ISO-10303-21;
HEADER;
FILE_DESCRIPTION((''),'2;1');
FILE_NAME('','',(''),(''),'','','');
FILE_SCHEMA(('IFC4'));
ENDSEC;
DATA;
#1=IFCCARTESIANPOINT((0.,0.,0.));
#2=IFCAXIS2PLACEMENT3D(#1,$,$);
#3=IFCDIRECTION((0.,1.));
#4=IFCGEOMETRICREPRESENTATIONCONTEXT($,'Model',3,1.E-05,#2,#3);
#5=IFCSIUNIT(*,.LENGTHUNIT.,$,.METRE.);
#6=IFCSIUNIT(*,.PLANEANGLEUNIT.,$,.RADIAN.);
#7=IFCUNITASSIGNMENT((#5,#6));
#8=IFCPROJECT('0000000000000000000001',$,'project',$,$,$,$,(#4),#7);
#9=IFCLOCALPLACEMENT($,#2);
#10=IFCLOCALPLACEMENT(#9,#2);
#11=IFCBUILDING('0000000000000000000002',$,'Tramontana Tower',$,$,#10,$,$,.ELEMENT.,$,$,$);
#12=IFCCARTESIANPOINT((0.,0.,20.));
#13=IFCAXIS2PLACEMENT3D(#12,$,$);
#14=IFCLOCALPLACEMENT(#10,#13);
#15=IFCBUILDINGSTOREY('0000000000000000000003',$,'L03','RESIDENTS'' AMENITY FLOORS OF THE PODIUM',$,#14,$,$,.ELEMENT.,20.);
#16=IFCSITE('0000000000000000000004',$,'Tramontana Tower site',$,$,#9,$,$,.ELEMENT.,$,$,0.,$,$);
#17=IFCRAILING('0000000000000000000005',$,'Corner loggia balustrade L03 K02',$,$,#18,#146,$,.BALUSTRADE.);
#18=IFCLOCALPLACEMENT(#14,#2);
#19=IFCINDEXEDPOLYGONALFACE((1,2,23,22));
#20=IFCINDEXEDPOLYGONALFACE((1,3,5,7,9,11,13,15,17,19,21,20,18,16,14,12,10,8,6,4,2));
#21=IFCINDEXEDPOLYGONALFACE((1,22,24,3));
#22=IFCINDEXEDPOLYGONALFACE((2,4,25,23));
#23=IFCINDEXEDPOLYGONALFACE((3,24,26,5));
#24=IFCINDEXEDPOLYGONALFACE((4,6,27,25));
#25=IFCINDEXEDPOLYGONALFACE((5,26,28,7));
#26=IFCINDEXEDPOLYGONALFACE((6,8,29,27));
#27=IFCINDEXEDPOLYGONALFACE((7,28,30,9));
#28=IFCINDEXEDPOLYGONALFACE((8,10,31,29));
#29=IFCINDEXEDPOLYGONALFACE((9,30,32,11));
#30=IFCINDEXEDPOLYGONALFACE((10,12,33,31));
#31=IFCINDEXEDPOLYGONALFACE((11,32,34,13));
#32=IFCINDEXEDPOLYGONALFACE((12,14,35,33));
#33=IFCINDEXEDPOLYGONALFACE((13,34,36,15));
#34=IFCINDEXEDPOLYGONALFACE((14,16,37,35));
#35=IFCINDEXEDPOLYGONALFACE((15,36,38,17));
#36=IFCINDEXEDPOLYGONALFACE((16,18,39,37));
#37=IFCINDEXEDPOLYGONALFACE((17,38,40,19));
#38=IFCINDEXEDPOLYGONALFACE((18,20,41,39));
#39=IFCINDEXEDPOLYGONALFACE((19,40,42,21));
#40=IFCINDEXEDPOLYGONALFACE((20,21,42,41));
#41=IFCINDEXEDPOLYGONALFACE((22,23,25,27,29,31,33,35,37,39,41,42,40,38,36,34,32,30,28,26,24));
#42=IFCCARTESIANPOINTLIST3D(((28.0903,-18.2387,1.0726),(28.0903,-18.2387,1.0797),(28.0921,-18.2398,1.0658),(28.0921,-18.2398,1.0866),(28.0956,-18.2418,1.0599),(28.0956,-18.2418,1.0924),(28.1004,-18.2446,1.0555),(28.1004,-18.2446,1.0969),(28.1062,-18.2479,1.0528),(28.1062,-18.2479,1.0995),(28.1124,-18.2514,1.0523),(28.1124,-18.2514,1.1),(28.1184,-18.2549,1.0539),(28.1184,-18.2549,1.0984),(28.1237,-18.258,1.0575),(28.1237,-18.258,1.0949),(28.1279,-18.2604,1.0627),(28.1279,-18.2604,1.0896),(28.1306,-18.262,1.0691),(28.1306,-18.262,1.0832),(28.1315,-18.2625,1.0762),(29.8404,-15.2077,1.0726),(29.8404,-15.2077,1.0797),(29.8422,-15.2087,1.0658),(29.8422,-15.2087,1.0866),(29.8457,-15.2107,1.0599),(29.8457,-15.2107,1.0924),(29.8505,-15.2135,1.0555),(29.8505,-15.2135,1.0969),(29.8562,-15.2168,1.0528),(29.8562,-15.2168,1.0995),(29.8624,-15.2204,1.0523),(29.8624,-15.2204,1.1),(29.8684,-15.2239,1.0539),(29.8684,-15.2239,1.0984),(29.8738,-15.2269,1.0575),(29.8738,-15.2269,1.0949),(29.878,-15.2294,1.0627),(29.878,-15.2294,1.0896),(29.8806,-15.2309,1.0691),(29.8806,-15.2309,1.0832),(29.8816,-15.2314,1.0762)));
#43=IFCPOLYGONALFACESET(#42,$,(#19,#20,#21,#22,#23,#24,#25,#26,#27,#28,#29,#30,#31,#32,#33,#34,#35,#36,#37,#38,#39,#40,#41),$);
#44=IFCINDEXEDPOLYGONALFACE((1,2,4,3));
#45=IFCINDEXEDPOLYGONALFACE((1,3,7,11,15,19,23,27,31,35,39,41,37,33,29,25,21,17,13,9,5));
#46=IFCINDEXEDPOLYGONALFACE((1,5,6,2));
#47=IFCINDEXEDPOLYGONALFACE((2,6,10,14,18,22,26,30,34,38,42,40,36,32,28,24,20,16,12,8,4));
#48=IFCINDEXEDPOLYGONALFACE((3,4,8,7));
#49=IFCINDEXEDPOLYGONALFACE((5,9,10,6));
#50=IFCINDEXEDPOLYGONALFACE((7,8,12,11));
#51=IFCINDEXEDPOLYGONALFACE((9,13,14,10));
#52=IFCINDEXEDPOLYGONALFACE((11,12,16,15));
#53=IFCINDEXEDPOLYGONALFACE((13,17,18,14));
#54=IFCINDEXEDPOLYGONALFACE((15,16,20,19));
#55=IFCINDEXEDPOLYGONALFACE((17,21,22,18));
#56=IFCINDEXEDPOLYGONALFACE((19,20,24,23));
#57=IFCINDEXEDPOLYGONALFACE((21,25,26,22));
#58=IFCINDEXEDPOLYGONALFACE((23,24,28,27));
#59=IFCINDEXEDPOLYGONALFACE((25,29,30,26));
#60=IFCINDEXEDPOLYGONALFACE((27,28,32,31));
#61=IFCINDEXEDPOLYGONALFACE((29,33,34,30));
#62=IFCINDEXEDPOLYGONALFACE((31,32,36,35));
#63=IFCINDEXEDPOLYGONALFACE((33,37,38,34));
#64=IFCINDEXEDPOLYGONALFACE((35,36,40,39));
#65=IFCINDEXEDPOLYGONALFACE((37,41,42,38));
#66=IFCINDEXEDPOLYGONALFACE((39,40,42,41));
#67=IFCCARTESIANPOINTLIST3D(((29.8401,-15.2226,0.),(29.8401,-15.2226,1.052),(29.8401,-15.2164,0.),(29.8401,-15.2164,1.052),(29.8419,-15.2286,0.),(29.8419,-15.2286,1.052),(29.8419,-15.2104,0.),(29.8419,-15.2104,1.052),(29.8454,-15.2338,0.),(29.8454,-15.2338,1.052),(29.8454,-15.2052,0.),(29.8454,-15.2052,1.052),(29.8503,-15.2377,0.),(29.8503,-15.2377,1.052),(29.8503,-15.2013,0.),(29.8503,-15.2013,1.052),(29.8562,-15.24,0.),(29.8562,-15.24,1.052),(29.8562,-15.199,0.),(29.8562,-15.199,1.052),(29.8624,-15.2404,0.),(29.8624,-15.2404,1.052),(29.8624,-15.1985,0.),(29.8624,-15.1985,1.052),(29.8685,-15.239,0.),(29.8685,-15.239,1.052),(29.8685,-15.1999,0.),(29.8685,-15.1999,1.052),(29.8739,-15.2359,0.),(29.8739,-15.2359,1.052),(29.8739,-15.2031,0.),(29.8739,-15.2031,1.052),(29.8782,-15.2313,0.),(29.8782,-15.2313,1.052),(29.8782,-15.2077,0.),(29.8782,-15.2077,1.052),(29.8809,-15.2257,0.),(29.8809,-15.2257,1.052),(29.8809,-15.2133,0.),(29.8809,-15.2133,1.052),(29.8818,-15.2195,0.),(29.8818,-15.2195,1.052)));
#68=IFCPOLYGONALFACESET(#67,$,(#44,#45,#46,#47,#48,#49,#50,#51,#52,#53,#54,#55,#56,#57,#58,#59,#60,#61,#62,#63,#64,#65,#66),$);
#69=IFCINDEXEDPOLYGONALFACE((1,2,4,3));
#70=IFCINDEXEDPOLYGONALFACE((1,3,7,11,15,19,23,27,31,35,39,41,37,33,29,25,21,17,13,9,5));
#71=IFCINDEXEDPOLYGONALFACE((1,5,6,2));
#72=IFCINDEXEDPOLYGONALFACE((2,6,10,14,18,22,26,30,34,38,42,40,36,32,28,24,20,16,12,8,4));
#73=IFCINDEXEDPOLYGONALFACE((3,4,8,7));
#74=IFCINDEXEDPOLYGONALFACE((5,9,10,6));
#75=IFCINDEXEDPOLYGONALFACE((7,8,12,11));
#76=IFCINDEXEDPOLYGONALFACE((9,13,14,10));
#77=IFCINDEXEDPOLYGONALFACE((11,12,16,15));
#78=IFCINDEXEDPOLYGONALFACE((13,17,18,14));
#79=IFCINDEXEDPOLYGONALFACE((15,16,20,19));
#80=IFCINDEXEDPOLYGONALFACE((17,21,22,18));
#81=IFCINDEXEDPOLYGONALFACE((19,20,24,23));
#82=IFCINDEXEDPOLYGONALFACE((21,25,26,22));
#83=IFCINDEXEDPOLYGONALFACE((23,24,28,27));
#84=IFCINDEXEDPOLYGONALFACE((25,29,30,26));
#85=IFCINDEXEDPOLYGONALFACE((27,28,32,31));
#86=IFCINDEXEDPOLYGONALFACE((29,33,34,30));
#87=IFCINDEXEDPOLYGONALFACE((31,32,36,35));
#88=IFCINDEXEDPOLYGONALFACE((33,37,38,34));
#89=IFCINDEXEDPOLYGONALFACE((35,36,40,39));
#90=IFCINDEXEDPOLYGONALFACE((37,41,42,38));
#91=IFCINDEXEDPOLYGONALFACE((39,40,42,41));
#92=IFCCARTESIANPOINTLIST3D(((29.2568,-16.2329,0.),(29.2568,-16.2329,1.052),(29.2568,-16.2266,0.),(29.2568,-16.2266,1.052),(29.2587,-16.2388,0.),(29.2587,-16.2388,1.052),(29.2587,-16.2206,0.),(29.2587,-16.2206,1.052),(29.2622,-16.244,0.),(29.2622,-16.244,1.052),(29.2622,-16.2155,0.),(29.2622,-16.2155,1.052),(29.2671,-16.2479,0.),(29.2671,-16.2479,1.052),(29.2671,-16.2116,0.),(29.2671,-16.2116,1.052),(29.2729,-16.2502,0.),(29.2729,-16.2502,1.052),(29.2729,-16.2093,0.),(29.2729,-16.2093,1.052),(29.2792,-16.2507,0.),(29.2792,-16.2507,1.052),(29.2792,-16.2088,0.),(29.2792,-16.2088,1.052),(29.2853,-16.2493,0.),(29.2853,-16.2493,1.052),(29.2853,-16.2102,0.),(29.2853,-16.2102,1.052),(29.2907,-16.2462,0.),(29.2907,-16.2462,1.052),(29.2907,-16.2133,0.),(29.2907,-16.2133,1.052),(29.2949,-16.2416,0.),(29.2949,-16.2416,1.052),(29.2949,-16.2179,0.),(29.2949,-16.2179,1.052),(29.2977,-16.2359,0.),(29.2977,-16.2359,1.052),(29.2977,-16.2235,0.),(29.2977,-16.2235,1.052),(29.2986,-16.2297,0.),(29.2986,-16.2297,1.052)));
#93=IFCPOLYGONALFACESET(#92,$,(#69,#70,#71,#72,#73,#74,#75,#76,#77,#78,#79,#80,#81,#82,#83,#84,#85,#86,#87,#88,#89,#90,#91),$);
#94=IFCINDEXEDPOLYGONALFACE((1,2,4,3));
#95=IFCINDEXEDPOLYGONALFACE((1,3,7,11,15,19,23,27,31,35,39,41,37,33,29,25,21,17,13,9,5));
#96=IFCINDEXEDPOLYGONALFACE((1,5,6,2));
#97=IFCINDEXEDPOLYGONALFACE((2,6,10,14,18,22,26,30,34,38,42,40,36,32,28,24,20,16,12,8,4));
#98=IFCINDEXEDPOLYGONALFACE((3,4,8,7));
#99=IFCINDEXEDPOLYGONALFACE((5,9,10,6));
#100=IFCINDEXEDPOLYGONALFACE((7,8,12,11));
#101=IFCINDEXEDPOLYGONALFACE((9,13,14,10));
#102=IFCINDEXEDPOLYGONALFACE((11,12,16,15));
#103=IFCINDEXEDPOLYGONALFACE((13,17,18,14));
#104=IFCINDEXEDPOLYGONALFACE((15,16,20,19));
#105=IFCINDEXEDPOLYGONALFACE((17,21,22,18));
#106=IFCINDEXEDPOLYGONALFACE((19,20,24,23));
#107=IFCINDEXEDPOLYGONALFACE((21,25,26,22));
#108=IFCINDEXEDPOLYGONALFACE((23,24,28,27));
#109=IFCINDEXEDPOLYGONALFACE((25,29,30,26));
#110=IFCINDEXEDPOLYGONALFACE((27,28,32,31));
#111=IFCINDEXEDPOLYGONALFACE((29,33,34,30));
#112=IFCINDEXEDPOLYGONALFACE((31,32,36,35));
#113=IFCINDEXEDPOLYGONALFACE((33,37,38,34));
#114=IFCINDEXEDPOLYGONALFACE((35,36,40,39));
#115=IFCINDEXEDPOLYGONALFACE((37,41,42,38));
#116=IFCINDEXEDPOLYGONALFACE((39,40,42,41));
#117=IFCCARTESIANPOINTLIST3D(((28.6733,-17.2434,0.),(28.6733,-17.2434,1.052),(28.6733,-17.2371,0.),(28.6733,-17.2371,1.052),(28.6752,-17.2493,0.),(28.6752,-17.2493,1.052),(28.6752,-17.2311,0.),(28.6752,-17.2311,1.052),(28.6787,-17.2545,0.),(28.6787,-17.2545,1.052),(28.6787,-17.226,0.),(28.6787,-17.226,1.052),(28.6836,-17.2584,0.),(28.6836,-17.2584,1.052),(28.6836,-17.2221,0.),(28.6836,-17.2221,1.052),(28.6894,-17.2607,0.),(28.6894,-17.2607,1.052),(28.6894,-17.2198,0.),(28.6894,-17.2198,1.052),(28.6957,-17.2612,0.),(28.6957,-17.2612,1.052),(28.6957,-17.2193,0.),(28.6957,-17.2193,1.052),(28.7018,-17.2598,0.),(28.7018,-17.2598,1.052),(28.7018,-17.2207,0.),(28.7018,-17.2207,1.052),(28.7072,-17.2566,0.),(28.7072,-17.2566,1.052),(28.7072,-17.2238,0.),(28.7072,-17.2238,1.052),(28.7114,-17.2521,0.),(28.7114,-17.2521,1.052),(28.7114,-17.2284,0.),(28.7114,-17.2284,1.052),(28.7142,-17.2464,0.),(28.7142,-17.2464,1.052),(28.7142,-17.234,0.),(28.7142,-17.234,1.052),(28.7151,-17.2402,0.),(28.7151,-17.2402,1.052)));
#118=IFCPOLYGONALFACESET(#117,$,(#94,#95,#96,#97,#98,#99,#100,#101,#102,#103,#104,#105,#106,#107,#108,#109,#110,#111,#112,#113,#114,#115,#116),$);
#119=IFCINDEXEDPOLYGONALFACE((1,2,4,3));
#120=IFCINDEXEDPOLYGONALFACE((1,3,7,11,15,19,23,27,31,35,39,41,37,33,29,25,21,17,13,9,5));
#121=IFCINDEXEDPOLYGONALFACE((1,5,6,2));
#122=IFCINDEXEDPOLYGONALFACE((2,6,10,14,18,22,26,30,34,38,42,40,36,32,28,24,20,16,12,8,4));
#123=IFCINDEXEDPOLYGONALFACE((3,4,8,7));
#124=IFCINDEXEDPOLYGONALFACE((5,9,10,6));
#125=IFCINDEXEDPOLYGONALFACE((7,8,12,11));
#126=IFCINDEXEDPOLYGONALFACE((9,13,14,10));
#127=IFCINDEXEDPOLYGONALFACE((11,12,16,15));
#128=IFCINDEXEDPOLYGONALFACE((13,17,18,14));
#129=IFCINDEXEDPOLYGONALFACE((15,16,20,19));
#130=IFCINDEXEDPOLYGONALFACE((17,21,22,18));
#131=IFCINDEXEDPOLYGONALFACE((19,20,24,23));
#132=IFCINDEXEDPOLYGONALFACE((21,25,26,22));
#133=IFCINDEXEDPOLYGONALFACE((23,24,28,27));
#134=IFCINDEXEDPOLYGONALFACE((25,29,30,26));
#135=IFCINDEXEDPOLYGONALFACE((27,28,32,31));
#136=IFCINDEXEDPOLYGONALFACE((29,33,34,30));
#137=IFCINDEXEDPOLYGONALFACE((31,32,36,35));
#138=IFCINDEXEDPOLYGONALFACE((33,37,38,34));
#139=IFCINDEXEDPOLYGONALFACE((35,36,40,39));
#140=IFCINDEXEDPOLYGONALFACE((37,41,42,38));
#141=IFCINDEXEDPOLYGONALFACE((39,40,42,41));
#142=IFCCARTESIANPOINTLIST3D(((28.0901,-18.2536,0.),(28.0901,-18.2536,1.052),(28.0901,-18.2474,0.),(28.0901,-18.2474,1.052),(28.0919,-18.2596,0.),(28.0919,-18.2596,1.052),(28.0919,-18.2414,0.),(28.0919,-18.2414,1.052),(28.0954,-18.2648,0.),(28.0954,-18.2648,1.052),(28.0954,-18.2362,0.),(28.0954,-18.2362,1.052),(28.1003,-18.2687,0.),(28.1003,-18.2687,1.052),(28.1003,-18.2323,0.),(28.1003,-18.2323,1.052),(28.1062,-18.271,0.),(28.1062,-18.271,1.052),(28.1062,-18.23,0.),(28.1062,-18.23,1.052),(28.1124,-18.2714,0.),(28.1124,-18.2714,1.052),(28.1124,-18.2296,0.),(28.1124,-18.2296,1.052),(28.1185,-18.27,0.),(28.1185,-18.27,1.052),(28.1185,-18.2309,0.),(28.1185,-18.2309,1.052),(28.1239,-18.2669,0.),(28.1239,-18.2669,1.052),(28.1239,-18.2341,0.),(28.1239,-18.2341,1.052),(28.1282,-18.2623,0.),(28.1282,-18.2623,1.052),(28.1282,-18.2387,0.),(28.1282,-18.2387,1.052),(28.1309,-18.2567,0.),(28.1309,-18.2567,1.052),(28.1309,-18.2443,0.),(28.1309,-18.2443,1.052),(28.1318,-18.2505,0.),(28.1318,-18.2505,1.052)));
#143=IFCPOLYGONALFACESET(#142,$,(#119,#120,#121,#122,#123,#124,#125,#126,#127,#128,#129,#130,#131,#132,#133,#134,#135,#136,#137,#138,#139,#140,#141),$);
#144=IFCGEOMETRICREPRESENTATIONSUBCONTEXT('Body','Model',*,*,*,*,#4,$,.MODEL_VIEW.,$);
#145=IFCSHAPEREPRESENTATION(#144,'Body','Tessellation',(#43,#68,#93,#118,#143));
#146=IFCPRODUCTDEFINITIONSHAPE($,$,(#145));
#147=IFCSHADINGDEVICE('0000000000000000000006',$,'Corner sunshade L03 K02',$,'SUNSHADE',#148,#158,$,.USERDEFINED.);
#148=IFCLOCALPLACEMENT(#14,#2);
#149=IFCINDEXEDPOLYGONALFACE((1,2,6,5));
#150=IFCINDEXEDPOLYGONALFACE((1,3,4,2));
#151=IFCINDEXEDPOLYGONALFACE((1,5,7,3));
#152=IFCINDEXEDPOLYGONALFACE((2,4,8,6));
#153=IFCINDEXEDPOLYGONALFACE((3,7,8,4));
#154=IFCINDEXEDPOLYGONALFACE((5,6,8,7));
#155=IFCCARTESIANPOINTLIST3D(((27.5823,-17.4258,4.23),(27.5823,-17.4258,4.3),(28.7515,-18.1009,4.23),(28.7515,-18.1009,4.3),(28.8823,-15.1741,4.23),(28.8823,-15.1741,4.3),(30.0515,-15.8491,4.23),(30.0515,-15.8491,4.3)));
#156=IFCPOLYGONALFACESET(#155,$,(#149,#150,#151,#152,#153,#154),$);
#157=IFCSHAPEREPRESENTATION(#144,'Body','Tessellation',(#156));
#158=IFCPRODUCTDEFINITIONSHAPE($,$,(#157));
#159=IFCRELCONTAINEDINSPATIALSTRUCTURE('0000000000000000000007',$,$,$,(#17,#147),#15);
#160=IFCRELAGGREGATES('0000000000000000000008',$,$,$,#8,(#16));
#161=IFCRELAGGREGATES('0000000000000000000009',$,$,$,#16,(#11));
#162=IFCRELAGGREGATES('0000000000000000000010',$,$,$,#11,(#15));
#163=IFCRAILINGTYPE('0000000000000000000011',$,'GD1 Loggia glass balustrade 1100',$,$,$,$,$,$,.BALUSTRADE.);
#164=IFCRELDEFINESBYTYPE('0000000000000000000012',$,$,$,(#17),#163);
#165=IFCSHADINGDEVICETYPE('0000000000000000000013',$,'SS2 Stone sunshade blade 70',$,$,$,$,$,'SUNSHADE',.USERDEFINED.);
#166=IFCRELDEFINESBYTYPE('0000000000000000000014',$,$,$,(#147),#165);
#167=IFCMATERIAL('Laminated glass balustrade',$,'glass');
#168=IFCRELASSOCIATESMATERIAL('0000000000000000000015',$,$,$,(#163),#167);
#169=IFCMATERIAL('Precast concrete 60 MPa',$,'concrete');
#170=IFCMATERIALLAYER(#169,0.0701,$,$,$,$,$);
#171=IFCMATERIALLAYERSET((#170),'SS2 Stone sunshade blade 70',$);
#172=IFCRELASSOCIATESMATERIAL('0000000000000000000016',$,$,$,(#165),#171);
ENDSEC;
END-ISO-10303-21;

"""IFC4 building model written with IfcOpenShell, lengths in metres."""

from ifc_helpers import new_model, si_unit, direction, frame, origin, origin_2d, place, context, subcontext, project, spatial, rectangle, circle, extrude, material, layer, layer_set, type_object, element, save


model = new_model("IFC4")

# Units and contexts
model_context = context("Model", 3, precision=1e-05, world=origin(), true_north=direction((0.0, 1.0)))
body_context = subcontext(model_context, "Body", "Model", "MODEL_VIEW")
ifc_project = project(units=[si_unit("LENGTHUNIT", "METRE"), si_unit("PLANEANGLEUNIT", "RADIAN")], contexts=[model_context])

# Site, building, storey
site_placement = place(None, origin())
site = spatial("IfcSite", under=ifc_project, at=site_placement, Name="Tramontana Tower site", CompositionType="ELEMENT", RefElevation=0.0)
building_placement = place(site_placement, origin())
building = spatial("IfcBuilding", under=site, at=building_placement, Name="Tramontana Tower", CompositionType="ELEMENT")
storey_placement = place(building_placement, frame((0.0, 0.0, 20.0)))
storey = spatial("IfcBuildingStorey", under=building, at=storey_placement, Name="L03", Description="RESIDENTS' AMENITY FLOORS OF THE PODIUM", CompositionType="ELEMENT", Elevation=20.0)

# Railing
ifc_material_1 = material(Name="Laminated glass balustrade", Category="glass")
railing_type = type_object("IfcRailingType", Name="GD1 Loggia glass balustrade 1100", PredefinedType="BALUSTRADE", material=ifc_material_1)
railing_placement = place(storey_placement, frame((29.8608, -15.2195, 0.0)))
element("IfcRailing", 1, at=railing_placement, inside=storey, type_object=railing_type, Name="Corner loggia balustrade L03 K02", PredefinedType="BALUSTRADE", context=body_context, shape_type="SweptSolid", body=[
    extrude(circle(Radius=0.0239, at=origin_2d()), frame((0.0, 0.0, 1.0762), z_axis=(-0.50001, -0.866019, 0.0), x_axis=(0.866019, -0.50001, 0.0)), (0.0, 0.0, 1.0), 3.5),
    extrude(circle(Radius=0.021, at=origin_2d()), origin(), (0.0, 0.0, 1.0), 1.052),
    extrude(circle(Radius=0.021, at=origin_2d()), frame((-0.5833, -1.0103, 0.0)), (0.0, 0.0, 1.0), 1.052),
    extrude(circle(Radius=0.021, at=origin_2d()), frame((-1.1667, -2.0208, 0.0)), (0.0, 0.0, 1.0), 1.052),
    extrude(circle(Radius=0.021, at=origin_2d()), frame((-1.75, -3.031, 0.0)), (0.0, 0.0, 1.0), 1.052),
])

# Shading device
ifc_material_2 = material(Name="Precast concrete 60 MPa", Category="concrete")
ifc_layer_1 = layer(ifc_material_2, 0.0701)
ifc_layer_set_1 = layer_set([ifc_layer_1], Name="SS2 Stone sunshade blade 70")
shading_device_type = type_object("IfcShadingDeviceType", Name="SS2 Stone sunshade blade 70", ElementType="SUNSHADE", PredefinedType="USERDEFINED", material=ifc_layer_set_1)
shading_device_placement = place(storey_placement, frame((28.8169, -16.6375, 4.23), z_axis=(0.0, 0.0, 1.0), x_axis=(-0.5, -0.866025, 0.0)))
element("IfcShadingDevice", 2, at=shading_device_placement, inside=storey, type_object=shading_device_type, Name="Corner sunshade L03 K02", ObjectType="SUNSHADE", PredefinedType="USERDEFINED", context=body_context, shape_type="SweptSolid", body=[
    extrude(rectangle(XDim=2.6001, YDim=1.3501, at=origin_2d()), origin(), (0.0, 0.0, 1.0), 0.0701),
])

save(model, "model.ifc")
